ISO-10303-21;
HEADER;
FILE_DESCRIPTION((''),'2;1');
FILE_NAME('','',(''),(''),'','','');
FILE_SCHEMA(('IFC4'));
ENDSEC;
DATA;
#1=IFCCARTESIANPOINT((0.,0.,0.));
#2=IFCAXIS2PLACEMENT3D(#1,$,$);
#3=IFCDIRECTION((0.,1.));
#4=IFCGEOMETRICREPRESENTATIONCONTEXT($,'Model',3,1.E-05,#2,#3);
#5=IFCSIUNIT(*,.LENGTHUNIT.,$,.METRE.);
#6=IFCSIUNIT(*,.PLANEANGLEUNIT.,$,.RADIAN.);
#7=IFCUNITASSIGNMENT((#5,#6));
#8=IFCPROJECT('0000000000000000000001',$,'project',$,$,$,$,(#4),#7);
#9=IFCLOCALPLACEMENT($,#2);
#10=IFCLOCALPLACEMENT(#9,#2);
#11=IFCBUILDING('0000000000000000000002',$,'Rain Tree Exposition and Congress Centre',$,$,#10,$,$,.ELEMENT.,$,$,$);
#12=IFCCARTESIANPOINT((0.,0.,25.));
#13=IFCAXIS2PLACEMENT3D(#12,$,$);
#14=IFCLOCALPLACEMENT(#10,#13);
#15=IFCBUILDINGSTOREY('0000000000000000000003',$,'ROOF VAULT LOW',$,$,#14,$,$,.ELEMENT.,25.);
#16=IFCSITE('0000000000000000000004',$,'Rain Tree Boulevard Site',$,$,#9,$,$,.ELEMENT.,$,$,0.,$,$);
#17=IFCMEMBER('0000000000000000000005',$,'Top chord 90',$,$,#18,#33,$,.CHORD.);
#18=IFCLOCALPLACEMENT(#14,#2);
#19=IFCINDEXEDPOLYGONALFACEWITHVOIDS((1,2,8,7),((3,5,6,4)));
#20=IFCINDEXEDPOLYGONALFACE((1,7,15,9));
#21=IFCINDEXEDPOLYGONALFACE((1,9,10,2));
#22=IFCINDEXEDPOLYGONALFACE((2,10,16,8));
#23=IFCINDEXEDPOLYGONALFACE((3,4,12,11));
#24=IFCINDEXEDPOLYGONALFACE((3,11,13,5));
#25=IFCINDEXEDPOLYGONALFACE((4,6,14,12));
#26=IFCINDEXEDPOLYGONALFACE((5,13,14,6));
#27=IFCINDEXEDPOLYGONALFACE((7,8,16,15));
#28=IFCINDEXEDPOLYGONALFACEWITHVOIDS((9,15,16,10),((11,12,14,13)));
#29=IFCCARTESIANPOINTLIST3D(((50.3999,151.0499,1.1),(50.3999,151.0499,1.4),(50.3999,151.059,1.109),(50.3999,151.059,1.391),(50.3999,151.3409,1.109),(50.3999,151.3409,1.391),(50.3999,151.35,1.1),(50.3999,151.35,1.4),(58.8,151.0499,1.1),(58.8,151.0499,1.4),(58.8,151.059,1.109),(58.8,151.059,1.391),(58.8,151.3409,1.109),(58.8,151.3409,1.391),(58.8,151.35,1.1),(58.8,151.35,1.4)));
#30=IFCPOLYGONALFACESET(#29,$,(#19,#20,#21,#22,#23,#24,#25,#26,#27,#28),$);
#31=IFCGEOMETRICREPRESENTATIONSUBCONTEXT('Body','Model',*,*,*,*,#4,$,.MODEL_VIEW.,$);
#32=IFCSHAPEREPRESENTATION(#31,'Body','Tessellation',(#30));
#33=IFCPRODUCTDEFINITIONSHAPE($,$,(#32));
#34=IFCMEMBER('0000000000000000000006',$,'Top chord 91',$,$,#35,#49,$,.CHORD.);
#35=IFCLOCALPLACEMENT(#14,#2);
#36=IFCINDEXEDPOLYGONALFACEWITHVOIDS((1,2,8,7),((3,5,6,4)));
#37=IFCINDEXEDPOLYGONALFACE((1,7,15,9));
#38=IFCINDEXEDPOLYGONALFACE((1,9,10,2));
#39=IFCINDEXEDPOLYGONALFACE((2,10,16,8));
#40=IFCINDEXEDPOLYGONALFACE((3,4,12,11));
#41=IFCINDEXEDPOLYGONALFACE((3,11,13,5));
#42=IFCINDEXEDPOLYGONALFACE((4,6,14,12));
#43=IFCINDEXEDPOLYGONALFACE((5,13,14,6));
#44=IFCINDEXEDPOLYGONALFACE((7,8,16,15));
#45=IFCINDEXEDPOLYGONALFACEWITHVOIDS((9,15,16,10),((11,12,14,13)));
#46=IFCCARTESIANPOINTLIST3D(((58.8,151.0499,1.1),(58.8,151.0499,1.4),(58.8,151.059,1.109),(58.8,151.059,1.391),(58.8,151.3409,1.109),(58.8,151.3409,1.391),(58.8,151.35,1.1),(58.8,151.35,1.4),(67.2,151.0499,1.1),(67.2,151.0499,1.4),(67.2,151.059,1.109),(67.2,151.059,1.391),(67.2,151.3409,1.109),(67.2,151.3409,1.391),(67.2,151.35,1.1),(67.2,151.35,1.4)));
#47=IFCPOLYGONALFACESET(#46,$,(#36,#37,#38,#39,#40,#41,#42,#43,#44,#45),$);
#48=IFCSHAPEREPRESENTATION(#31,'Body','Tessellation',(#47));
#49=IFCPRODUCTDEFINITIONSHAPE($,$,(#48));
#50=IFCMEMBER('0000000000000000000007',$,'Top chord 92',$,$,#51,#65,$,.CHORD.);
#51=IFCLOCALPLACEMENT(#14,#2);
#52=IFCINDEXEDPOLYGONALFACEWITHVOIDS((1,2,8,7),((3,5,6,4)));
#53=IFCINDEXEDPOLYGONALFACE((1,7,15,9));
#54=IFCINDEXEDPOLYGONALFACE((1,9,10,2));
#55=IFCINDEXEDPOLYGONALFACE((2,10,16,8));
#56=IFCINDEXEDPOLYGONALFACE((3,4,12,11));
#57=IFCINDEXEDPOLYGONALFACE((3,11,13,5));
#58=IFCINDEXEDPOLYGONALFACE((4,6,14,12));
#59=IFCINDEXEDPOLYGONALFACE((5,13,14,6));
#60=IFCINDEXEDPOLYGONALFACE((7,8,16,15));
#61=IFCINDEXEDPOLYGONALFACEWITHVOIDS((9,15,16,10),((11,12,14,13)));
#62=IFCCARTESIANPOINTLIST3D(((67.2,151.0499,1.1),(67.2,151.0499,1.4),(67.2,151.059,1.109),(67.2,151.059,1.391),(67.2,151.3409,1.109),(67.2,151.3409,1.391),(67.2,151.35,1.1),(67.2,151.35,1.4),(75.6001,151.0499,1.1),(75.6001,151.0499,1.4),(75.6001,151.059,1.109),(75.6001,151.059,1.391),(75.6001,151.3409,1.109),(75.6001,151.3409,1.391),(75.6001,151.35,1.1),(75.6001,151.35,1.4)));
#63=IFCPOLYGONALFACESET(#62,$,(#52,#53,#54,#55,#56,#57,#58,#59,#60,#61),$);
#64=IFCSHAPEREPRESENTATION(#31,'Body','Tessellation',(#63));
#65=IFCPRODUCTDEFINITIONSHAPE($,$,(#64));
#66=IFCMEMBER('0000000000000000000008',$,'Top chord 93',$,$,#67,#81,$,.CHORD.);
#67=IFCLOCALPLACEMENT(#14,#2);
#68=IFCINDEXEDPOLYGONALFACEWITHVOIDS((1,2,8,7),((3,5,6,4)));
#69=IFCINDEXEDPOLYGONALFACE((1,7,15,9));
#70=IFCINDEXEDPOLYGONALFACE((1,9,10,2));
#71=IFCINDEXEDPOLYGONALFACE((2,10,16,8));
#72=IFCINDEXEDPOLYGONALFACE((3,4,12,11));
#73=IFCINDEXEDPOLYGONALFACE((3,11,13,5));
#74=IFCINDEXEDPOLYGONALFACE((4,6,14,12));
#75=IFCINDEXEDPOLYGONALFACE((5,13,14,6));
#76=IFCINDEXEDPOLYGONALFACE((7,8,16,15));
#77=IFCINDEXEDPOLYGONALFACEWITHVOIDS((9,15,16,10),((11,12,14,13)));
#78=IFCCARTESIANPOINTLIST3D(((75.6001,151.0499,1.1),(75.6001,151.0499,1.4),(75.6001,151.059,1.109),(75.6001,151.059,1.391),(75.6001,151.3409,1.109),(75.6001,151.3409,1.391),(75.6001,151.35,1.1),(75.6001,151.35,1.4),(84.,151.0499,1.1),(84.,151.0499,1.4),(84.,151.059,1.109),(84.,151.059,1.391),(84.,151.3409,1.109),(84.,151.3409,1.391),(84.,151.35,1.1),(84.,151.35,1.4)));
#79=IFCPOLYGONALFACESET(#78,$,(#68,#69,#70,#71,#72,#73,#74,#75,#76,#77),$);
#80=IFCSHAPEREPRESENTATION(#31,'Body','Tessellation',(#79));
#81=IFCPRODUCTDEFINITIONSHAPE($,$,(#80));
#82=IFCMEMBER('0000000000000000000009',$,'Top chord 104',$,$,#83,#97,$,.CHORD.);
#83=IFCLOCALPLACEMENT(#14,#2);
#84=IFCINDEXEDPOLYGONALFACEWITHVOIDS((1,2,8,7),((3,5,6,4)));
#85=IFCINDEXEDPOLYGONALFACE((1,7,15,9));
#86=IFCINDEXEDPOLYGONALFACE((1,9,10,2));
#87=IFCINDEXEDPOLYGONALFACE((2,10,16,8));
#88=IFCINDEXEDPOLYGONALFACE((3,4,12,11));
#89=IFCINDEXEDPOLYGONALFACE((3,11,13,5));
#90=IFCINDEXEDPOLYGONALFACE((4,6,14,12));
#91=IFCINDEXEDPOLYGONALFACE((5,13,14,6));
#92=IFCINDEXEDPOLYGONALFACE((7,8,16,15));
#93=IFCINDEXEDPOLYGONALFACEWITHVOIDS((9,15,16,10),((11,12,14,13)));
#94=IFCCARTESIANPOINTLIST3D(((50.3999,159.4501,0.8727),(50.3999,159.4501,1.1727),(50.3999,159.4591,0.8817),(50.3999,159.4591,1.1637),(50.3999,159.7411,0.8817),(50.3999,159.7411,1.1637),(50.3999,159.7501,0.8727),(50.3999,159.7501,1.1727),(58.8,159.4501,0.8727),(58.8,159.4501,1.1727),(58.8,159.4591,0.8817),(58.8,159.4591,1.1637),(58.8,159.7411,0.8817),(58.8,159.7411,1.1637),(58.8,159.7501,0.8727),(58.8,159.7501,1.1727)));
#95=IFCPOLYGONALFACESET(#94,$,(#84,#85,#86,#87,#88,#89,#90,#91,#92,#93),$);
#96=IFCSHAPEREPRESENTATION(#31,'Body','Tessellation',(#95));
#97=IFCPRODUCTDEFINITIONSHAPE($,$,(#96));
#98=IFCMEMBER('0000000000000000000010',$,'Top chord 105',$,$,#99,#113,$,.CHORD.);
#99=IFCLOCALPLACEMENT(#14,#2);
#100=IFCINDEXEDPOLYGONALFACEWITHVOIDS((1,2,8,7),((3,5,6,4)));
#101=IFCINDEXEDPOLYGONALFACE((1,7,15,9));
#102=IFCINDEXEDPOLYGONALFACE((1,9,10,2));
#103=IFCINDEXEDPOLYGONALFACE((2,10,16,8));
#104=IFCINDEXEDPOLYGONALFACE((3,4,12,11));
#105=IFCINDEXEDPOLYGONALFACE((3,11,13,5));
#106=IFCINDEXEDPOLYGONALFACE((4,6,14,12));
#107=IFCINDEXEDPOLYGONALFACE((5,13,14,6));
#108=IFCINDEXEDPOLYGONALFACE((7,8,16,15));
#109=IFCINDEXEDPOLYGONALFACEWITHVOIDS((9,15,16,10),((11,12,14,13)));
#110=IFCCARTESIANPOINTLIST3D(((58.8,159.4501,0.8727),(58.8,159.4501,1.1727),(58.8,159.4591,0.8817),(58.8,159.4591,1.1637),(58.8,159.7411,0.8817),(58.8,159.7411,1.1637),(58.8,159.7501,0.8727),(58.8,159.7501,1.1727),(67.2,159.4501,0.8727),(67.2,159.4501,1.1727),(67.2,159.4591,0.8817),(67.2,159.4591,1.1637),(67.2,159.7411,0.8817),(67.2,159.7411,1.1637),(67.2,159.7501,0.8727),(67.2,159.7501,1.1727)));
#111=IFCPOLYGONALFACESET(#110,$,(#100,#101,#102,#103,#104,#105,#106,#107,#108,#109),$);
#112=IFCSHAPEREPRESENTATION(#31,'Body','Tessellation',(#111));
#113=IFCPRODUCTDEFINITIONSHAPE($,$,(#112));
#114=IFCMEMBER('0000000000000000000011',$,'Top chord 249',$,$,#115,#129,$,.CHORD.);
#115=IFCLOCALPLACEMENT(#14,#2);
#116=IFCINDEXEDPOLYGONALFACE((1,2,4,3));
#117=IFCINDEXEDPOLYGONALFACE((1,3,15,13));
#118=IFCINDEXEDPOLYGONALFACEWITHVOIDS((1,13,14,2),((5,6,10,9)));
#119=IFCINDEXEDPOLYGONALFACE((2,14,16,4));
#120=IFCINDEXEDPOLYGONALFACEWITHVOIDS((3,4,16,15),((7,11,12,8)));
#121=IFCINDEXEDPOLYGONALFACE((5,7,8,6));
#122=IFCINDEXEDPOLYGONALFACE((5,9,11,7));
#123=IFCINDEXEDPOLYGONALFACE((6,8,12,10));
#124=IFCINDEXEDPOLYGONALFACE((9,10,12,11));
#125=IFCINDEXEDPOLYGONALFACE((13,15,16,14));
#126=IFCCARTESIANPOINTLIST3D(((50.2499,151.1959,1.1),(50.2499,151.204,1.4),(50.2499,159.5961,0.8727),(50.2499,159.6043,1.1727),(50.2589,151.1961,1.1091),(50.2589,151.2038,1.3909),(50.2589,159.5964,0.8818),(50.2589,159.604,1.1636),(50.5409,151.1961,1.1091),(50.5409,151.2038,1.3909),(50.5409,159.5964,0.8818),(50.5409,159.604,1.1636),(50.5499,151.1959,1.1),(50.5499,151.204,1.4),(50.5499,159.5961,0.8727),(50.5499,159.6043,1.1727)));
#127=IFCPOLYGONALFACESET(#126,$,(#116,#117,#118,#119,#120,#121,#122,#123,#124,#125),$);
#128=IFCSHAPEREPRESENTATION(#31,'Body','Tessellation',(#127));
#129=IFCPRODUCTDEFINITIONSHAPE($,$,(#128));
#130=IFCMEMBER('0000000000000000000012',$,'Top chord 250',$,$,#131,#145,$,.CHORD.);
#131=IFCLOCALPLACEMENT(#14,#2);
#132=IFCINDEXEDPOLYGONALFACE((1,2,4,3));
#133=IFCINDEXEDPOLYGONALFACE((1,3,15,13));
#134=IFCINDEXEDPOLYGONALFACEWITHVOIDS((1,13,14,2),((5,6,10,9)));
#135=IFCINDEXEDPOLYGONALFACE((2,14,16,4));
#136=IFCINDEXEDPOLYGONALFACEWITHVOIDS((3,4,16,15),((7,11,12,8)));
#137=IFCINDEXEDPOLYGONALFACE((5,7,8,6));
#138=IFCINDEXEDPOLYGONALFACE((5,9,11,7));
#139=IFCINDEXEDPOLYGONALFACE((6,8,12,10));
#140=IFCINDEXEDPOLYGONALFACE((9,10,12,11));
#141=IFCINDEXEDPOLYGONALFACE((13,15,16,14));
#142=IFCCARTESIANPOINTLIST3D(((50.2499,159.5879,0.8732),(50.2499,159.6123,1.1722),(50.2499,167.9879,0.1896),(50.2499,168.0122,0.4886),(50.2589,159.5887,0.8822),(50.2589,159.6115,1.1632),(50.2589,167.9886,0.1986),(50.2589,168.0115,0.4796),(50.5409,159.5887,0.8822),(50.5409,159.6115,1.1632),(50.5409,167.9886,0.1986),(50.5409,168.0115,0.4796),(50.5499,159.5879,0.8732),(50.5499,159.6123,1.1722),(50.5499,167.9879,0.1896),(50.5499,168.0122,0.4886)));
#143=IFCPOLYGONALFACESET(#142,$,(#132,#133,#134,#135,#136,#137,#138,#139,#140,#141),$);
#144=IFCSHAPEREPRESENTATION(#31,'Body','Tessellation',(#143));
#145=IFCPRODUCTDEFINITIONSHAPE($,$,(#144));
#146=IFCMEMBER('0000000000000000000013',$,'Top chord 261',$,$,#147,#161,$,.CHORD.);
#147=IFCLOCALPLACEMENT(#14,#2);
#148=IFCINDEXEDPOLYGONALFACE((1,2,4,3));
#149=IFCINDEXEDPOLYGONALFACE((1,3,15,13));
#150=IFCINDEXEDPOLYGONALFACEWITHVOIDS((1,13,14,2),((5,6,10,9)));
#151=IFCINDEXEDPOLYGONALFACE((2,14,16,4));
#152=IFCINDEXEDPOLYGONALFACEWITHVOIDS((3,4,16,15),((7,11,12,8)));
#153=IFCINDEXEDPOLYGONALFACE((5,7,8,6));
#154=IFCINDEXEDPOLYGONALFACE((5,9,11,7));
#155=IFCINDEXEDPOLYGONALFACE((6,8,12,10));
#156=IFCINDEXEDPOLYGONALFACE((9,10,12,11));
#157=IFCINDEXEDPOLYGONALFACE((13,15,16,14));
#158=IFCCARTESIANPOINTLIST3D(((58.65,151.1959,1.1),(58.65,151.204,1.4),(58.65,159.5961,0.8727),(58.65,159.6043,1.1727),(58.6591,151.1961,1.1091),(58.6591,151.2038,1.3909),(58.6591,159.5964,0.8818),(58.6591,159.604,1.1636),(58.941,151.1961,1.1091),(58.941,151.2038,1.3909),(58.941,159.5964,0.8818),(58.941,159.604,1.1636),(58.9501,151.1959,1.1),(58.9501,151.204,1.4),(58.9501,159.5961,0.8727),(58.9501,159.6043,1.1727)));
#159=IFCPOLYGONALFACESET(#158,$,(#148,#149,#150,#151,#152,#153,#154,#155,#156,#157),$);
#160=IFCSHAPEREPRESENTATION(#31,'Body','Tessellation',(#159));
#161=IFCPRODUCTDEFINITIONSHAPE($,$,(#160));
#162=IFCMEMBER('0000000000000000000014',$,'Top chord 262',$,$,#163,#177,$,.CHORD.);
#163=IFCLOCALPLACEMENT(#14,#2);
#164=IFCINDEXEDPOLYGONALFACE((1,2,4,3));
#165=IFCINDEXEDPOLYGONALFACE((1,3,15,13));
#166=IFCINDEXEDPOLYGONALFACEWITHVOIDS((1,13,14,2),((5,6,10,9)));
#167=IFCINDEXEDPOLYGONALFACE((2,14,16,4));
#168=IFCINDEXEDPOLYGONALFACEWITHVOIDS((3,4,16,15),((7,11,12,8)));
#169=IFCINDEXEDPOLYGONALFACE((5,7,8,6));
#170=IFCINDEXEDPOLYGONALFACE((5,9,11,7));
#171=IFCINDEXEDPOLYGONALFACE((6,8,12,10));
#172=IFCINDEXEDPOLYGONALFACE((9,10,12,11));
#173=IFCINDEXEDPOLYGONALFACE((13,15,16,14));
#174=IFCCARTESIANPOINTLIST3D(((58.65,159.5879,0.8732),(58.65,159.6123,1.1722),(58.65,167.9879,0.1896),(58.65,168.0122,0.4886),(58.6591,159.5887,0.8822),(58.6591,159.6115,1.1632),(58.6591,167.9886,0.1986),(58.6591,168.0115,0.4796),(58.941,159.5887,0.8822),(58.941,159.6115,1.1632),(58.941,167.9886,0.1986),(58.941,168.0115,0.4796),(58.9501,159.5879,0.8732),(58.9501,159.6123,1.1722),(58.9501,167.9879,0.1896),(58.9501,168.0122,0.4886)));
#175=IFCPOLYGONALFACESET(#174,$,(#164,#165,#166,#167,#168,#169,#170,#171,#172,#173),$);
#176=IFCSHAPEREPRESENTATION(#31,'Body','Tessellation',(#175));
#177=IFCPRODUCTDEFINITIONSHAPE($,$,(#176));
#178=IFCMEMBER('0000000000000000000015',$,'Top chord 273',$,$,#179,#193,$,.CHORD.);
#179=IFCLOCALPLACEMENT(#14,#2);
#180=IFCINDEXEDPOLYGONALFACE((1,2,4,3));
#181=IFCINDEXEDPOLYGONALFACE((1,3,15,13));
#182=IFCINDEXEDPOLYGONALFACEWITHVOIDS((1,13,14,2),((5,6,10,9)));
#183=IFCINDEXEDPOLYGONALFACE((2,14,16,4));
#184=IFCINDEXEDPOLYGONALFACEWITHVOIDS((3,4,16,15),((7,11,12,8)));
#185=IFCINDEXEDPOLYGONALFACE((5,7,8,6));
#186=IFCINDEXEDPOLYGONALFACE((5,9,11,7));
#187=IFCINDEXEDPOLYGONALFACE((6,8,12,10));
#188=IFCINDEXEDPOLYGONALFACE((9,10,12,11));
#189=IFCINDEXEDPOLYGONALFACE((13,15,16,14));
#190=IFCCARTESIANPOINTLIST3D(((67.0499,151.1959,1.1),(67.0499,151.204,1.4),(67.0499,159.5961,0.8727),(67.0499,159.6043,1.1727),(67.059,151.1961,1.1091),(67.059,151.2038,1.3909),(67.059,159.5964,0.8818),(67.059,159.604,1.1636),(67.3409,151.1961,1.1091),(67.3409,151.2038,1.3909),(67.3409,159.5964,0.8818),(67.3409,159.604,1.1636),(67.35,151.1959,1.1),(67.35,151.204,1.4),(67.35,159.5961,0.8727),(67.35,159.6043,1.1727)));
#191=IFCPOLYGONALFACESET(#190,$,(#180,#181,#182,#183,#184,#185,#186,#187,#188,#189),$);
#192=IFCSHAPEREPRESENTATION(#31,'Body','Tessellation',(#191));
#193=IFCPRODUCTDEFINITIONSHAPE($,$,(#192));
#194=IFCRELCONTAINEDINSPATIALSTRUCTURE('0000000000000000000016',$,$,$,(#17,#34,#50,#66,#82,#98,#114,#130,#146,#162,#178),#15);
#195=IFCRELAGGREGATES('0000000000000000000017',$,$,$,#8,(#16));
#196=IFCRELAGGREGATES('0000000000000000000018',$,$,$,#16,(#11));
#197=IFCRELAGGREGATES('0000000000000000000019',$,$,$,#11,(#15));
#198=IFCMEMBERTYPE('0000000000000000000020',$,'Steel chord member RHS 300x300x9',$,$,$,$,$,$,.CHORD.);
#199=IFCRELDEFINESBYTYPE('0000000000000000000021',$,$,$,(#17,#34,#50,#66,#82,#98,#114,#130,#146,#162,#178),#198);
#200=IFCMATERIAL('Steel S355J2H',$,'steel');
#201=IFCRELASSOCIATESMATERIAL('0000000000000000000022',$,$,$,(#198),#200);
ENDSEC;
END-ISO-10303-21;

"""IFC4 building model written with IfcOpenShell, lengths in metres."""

from ifc_helpers import new_model, si_unit, direction, frame, origin, origin_2d, place, context, subcontext, project, spatial, hollow_rectangle, extrude, material, material_profile, profile_set, type_object, element, save


model = new_model("IFC4")

# Units and contexts
model_context = context("Model", 3, precision=1e-05, world=origin(), true_north=direction((0.0, 1.0)))
body_context = subcontext(model_context, "Body", "Model", "MODEL_VIEW")
ifc_project = project(units=[si_unit("LENGTHUNIT", "METRE"), si_unit("PLANEANGLEUNIT", "RADIAN")], contexts=[model_context])

# Site, building, storey
site_placement = place(None, origin())
site = spatial("IfcSite", under=ifc_project, at=site_placement, Name="Rain Tree Boulevard Site", CompositionType="ELEMENT", RefElevation=0.0)
building_placement = place(site_placement, origin())
building = spatial("IfcBuilding", under=site, at=building_placement, Name="Rain Tree Exposition and Congress Centre", CompositionType="ELEMENT")
storey_placement = place(building_placement, frame((0.0, 0.0, 25.0)))
storey = spatial("IfcBuildingStorey", under=building, at=storey_placement, Name="ROOF VAULT LOW", CompositionType="ELEMENT", Elevation=25.0)

# Members
ifc_material_1 = material(Name="Steel S355J2H", Category="steel")
ifc_material_profile_1 = material_profile(ifc_material_1, hollow_rectangle(XDim=0.3, YDim=0.3, WallThickness=0.009, at=origin_2d()), Name="RHS 300x300x9")
ifc_profile_set_1 = profile_set([ifc_material_profile_1], Name="Steel S355J2H")
member_type = type_object("IfcMemberType", Name="Steel chord member RHS 300x300x9", PredefinedType="CHORD", material=ifc_profile_set_1)
member_1_placement = place(storey_placement, frame((50.3999, 151.2, 1.25), z_axis=(1.0, 0.0, 0.0), x_axis=(0.0, 1.0, 0.0)))
element("IfcMember", 1, at=member_1_placement, inside=storey, type_object=member_type, Name="Top chord 90", PredefinedType="CHORD", context=body_context, shape_type="SweptSolid", body=[
    extrude(hollow_rectangle(XDim=0.3, YDim=0.3, WallThickness=0.009, at=origin_2d()), origin(), (0.0, 0.0, 1.0), 8.4001),
])
member_2_placement = place(storey_placement, frame((58.8, 151.2, 1.25), z_axis=(1.0, 0.0, 0.0), x_axis=(0.0, 1.0, 0.0)))
element("IfcMember", 2, at=member_2_placement, inside=storey, type_object=member_type, Name="Top chord 91", PredefinedType="CHORD", context=body_context, shape_type="SweptSolid", body=[
    extrude(hollow_rectangle(XDim=0.3, YDim=0.3, WallThickness=0.009, at=origin_2d()), origin(), (0.0, 0.0, 1.0), 8.3999),
])
member_3_placement = place(storey_placement, frame((67.2, 151.2, 1.25), z_axis=(1.0, 0.0, 0.0), x_axis=(0.0, 1.0, 0.0)))
element("IfcMember", 3, at=member_3_placement, inside=storey, type_object=member_type, Name="Top chord 92", PredefinedType="CHORD", context=body_context, shape_type="SweptSolid", body=[
    extrude(hollow_rectangle(XDim=0.3, YDim=0.3, WallThickness=0.009, at=origin_2d()), origin(), (0.0, 0.0, 1.0), 8.4001),
])
member_4_placement = place(storey_placement, frame((75.6001, 151.2, 1.25), z_axis=(1.0, 0.0, 0.0), x_axis=(0.0, 1.0, 0.0)))
element("IfcMember", 4, at=member_4_placement, inside=storey, type_object=member_type, Name="Top chord 93", PredefinedType="CHORD", context=body_context, shape_type="SweptSolid", body=[
    extrude(hollow_rectangle(XDim=0.3, YDim=0.3, WallThickness=0.009, at=origin_2d()), origin(), (0.0, 0.0, 1.0), 8.3999),
])
member_5_placement = place(storey_placement, frame((50.3999, 159.6001, 1.0227), z_axis=(1.0, 0.0, 0.0), x_axis=(0.0, 1.0, 0.0)))
element("IfcMember", 5, at=member_5_placement, inside=storey, type_object=member_type, Name="Top chord 104", PredefinedType="CHORD", context=body_context, shape_type="SweptSolid", body=[
    extrude(hollow_rectangle(XDim=0.3, YDim=0.3, WallThickness=0.009, at=origin_2d()), origin(), (0.0, 0.0, 1.0), 8.4001),
])
member_6_placement = place(storey_placement, frame((58.8, 159.6001, 1.0227), z_axis=(1.0, 0.0, 0.0), x_axis=(0.0, 1.0, 0.0)))
element("IfcMember", 6, at=member_6_placement, inside=storey, type_object=member_type, Name="Top chord 105", PredefinedType="CHORD", context=body_context, shape_type="SweptSolid", body=[
    extrude(hollow_rectangle(XDim=0.3, YDim=0.3, WallThickness=0.009, at=origin_2d()), origin(), (0.0, 0.0, 1.0), 8.3999),
])
member_7_placement = place(storey_placement, frame((50.3999, 151.2, 1.25), z_axis=(0.0, 0.999634, -0.027049), x_axis=(-1.0, 0.0, 0.0)))
element("IfcMember", 7, at=member_7_placement, inside=storey, type_object=member_type, Name="Top chord 249", PredefinedType="CHORD", context=body_context, shape_type="SweptSolid", body=[
    extrude(hollow_rectangle(XDim=0.3, YDim=0.3, WallThickness=0.009, at=origin_2d()), origin(), (0.0, 0.0, 1.0), 8.4033),
])
member_8_placement = place(storey_placement, frame((50.3999, 159.6001, 1.0227), z_axis=(0.0, 0.996705, -0.081113), x_axis=(-1.0, 0.0, 0.0)))
element("IfcMember", 8, at=member_8_placement, inside=storey, type_object=member_type, Name="Top chord 250", PredefinedType="CHORD", context=body_context, shape_type="SweptSolid", body=[
    extrude(hollow_rectangle(XDim=0.3, YDim=0.3, WallThickness=0.009, at=origin_2d()), origin(), (0.0, 0.0, 1.0), 8.4277),
])
member_9_placement = place(storey_placement, frame((58.8, 151.2, 1.25), z_axis=(0.0, 0.999634, -0.027049), x_axis=(-1.0, 0.0, 0.0)))
element("IfcMember", 9, at=member_9_placement, inside=storey, type_object=member_type, Name="Top chord 261", PredefinedType="CHORD", context=body_context, shape_type="SweptSolid", body=[
    extrude(hollow_rectangle(XDim=0.3, YDim=0.3, WallThickness=0.009, at=origin_2d()), origin(), (0.0, 0.0, 1.0), 8.4033),
])
member_10_placement = place(storey_placement, frame((58.8, 159.6001, 1.0227), z_axis=(0.0, 0.996705, -0.081113), x_axis=(-1.0, 0.0, 0.0)))
element("IfcMember", 10, at=member_10_placement, inside=storey, type_object=member_type, Name="Top chord 262", PredefinedType="CHORD", context=body_context, shape_type="SweptSolid", body=[
    extrude(hollow_rectangle(XDim=0.3, YDim=0.3, WallThickness=0.009, at=origin_2d()), origin(), (0.0, 0.0, 1.0), 8.4277),
])
for number, where, z_axis, x_axis, name in (
    (11, (67.2, 151.2, 1.25), (0.0, 0.999634, -0.027049), (-1.0, 0.0, 0.0), "Top chord 273"),
):
    element("IfcMember", number, at=place(storey_placement, frame(where, z_axis=z_axis, x_axis=x_axis)), inside=storey, type_object=member_type, Name=name, PredefinedType="CHORD", context=body_context, shape_type="SweptSolid", body=[
        extrude(hollow_rectangle(XDim=0.3, YDim=0.3, WallThickness=0.009, at=origin_2d()), origin(), (0.0, 0.0, 1.0), 8.4033),
    ])

save(model, "model.ifc")
